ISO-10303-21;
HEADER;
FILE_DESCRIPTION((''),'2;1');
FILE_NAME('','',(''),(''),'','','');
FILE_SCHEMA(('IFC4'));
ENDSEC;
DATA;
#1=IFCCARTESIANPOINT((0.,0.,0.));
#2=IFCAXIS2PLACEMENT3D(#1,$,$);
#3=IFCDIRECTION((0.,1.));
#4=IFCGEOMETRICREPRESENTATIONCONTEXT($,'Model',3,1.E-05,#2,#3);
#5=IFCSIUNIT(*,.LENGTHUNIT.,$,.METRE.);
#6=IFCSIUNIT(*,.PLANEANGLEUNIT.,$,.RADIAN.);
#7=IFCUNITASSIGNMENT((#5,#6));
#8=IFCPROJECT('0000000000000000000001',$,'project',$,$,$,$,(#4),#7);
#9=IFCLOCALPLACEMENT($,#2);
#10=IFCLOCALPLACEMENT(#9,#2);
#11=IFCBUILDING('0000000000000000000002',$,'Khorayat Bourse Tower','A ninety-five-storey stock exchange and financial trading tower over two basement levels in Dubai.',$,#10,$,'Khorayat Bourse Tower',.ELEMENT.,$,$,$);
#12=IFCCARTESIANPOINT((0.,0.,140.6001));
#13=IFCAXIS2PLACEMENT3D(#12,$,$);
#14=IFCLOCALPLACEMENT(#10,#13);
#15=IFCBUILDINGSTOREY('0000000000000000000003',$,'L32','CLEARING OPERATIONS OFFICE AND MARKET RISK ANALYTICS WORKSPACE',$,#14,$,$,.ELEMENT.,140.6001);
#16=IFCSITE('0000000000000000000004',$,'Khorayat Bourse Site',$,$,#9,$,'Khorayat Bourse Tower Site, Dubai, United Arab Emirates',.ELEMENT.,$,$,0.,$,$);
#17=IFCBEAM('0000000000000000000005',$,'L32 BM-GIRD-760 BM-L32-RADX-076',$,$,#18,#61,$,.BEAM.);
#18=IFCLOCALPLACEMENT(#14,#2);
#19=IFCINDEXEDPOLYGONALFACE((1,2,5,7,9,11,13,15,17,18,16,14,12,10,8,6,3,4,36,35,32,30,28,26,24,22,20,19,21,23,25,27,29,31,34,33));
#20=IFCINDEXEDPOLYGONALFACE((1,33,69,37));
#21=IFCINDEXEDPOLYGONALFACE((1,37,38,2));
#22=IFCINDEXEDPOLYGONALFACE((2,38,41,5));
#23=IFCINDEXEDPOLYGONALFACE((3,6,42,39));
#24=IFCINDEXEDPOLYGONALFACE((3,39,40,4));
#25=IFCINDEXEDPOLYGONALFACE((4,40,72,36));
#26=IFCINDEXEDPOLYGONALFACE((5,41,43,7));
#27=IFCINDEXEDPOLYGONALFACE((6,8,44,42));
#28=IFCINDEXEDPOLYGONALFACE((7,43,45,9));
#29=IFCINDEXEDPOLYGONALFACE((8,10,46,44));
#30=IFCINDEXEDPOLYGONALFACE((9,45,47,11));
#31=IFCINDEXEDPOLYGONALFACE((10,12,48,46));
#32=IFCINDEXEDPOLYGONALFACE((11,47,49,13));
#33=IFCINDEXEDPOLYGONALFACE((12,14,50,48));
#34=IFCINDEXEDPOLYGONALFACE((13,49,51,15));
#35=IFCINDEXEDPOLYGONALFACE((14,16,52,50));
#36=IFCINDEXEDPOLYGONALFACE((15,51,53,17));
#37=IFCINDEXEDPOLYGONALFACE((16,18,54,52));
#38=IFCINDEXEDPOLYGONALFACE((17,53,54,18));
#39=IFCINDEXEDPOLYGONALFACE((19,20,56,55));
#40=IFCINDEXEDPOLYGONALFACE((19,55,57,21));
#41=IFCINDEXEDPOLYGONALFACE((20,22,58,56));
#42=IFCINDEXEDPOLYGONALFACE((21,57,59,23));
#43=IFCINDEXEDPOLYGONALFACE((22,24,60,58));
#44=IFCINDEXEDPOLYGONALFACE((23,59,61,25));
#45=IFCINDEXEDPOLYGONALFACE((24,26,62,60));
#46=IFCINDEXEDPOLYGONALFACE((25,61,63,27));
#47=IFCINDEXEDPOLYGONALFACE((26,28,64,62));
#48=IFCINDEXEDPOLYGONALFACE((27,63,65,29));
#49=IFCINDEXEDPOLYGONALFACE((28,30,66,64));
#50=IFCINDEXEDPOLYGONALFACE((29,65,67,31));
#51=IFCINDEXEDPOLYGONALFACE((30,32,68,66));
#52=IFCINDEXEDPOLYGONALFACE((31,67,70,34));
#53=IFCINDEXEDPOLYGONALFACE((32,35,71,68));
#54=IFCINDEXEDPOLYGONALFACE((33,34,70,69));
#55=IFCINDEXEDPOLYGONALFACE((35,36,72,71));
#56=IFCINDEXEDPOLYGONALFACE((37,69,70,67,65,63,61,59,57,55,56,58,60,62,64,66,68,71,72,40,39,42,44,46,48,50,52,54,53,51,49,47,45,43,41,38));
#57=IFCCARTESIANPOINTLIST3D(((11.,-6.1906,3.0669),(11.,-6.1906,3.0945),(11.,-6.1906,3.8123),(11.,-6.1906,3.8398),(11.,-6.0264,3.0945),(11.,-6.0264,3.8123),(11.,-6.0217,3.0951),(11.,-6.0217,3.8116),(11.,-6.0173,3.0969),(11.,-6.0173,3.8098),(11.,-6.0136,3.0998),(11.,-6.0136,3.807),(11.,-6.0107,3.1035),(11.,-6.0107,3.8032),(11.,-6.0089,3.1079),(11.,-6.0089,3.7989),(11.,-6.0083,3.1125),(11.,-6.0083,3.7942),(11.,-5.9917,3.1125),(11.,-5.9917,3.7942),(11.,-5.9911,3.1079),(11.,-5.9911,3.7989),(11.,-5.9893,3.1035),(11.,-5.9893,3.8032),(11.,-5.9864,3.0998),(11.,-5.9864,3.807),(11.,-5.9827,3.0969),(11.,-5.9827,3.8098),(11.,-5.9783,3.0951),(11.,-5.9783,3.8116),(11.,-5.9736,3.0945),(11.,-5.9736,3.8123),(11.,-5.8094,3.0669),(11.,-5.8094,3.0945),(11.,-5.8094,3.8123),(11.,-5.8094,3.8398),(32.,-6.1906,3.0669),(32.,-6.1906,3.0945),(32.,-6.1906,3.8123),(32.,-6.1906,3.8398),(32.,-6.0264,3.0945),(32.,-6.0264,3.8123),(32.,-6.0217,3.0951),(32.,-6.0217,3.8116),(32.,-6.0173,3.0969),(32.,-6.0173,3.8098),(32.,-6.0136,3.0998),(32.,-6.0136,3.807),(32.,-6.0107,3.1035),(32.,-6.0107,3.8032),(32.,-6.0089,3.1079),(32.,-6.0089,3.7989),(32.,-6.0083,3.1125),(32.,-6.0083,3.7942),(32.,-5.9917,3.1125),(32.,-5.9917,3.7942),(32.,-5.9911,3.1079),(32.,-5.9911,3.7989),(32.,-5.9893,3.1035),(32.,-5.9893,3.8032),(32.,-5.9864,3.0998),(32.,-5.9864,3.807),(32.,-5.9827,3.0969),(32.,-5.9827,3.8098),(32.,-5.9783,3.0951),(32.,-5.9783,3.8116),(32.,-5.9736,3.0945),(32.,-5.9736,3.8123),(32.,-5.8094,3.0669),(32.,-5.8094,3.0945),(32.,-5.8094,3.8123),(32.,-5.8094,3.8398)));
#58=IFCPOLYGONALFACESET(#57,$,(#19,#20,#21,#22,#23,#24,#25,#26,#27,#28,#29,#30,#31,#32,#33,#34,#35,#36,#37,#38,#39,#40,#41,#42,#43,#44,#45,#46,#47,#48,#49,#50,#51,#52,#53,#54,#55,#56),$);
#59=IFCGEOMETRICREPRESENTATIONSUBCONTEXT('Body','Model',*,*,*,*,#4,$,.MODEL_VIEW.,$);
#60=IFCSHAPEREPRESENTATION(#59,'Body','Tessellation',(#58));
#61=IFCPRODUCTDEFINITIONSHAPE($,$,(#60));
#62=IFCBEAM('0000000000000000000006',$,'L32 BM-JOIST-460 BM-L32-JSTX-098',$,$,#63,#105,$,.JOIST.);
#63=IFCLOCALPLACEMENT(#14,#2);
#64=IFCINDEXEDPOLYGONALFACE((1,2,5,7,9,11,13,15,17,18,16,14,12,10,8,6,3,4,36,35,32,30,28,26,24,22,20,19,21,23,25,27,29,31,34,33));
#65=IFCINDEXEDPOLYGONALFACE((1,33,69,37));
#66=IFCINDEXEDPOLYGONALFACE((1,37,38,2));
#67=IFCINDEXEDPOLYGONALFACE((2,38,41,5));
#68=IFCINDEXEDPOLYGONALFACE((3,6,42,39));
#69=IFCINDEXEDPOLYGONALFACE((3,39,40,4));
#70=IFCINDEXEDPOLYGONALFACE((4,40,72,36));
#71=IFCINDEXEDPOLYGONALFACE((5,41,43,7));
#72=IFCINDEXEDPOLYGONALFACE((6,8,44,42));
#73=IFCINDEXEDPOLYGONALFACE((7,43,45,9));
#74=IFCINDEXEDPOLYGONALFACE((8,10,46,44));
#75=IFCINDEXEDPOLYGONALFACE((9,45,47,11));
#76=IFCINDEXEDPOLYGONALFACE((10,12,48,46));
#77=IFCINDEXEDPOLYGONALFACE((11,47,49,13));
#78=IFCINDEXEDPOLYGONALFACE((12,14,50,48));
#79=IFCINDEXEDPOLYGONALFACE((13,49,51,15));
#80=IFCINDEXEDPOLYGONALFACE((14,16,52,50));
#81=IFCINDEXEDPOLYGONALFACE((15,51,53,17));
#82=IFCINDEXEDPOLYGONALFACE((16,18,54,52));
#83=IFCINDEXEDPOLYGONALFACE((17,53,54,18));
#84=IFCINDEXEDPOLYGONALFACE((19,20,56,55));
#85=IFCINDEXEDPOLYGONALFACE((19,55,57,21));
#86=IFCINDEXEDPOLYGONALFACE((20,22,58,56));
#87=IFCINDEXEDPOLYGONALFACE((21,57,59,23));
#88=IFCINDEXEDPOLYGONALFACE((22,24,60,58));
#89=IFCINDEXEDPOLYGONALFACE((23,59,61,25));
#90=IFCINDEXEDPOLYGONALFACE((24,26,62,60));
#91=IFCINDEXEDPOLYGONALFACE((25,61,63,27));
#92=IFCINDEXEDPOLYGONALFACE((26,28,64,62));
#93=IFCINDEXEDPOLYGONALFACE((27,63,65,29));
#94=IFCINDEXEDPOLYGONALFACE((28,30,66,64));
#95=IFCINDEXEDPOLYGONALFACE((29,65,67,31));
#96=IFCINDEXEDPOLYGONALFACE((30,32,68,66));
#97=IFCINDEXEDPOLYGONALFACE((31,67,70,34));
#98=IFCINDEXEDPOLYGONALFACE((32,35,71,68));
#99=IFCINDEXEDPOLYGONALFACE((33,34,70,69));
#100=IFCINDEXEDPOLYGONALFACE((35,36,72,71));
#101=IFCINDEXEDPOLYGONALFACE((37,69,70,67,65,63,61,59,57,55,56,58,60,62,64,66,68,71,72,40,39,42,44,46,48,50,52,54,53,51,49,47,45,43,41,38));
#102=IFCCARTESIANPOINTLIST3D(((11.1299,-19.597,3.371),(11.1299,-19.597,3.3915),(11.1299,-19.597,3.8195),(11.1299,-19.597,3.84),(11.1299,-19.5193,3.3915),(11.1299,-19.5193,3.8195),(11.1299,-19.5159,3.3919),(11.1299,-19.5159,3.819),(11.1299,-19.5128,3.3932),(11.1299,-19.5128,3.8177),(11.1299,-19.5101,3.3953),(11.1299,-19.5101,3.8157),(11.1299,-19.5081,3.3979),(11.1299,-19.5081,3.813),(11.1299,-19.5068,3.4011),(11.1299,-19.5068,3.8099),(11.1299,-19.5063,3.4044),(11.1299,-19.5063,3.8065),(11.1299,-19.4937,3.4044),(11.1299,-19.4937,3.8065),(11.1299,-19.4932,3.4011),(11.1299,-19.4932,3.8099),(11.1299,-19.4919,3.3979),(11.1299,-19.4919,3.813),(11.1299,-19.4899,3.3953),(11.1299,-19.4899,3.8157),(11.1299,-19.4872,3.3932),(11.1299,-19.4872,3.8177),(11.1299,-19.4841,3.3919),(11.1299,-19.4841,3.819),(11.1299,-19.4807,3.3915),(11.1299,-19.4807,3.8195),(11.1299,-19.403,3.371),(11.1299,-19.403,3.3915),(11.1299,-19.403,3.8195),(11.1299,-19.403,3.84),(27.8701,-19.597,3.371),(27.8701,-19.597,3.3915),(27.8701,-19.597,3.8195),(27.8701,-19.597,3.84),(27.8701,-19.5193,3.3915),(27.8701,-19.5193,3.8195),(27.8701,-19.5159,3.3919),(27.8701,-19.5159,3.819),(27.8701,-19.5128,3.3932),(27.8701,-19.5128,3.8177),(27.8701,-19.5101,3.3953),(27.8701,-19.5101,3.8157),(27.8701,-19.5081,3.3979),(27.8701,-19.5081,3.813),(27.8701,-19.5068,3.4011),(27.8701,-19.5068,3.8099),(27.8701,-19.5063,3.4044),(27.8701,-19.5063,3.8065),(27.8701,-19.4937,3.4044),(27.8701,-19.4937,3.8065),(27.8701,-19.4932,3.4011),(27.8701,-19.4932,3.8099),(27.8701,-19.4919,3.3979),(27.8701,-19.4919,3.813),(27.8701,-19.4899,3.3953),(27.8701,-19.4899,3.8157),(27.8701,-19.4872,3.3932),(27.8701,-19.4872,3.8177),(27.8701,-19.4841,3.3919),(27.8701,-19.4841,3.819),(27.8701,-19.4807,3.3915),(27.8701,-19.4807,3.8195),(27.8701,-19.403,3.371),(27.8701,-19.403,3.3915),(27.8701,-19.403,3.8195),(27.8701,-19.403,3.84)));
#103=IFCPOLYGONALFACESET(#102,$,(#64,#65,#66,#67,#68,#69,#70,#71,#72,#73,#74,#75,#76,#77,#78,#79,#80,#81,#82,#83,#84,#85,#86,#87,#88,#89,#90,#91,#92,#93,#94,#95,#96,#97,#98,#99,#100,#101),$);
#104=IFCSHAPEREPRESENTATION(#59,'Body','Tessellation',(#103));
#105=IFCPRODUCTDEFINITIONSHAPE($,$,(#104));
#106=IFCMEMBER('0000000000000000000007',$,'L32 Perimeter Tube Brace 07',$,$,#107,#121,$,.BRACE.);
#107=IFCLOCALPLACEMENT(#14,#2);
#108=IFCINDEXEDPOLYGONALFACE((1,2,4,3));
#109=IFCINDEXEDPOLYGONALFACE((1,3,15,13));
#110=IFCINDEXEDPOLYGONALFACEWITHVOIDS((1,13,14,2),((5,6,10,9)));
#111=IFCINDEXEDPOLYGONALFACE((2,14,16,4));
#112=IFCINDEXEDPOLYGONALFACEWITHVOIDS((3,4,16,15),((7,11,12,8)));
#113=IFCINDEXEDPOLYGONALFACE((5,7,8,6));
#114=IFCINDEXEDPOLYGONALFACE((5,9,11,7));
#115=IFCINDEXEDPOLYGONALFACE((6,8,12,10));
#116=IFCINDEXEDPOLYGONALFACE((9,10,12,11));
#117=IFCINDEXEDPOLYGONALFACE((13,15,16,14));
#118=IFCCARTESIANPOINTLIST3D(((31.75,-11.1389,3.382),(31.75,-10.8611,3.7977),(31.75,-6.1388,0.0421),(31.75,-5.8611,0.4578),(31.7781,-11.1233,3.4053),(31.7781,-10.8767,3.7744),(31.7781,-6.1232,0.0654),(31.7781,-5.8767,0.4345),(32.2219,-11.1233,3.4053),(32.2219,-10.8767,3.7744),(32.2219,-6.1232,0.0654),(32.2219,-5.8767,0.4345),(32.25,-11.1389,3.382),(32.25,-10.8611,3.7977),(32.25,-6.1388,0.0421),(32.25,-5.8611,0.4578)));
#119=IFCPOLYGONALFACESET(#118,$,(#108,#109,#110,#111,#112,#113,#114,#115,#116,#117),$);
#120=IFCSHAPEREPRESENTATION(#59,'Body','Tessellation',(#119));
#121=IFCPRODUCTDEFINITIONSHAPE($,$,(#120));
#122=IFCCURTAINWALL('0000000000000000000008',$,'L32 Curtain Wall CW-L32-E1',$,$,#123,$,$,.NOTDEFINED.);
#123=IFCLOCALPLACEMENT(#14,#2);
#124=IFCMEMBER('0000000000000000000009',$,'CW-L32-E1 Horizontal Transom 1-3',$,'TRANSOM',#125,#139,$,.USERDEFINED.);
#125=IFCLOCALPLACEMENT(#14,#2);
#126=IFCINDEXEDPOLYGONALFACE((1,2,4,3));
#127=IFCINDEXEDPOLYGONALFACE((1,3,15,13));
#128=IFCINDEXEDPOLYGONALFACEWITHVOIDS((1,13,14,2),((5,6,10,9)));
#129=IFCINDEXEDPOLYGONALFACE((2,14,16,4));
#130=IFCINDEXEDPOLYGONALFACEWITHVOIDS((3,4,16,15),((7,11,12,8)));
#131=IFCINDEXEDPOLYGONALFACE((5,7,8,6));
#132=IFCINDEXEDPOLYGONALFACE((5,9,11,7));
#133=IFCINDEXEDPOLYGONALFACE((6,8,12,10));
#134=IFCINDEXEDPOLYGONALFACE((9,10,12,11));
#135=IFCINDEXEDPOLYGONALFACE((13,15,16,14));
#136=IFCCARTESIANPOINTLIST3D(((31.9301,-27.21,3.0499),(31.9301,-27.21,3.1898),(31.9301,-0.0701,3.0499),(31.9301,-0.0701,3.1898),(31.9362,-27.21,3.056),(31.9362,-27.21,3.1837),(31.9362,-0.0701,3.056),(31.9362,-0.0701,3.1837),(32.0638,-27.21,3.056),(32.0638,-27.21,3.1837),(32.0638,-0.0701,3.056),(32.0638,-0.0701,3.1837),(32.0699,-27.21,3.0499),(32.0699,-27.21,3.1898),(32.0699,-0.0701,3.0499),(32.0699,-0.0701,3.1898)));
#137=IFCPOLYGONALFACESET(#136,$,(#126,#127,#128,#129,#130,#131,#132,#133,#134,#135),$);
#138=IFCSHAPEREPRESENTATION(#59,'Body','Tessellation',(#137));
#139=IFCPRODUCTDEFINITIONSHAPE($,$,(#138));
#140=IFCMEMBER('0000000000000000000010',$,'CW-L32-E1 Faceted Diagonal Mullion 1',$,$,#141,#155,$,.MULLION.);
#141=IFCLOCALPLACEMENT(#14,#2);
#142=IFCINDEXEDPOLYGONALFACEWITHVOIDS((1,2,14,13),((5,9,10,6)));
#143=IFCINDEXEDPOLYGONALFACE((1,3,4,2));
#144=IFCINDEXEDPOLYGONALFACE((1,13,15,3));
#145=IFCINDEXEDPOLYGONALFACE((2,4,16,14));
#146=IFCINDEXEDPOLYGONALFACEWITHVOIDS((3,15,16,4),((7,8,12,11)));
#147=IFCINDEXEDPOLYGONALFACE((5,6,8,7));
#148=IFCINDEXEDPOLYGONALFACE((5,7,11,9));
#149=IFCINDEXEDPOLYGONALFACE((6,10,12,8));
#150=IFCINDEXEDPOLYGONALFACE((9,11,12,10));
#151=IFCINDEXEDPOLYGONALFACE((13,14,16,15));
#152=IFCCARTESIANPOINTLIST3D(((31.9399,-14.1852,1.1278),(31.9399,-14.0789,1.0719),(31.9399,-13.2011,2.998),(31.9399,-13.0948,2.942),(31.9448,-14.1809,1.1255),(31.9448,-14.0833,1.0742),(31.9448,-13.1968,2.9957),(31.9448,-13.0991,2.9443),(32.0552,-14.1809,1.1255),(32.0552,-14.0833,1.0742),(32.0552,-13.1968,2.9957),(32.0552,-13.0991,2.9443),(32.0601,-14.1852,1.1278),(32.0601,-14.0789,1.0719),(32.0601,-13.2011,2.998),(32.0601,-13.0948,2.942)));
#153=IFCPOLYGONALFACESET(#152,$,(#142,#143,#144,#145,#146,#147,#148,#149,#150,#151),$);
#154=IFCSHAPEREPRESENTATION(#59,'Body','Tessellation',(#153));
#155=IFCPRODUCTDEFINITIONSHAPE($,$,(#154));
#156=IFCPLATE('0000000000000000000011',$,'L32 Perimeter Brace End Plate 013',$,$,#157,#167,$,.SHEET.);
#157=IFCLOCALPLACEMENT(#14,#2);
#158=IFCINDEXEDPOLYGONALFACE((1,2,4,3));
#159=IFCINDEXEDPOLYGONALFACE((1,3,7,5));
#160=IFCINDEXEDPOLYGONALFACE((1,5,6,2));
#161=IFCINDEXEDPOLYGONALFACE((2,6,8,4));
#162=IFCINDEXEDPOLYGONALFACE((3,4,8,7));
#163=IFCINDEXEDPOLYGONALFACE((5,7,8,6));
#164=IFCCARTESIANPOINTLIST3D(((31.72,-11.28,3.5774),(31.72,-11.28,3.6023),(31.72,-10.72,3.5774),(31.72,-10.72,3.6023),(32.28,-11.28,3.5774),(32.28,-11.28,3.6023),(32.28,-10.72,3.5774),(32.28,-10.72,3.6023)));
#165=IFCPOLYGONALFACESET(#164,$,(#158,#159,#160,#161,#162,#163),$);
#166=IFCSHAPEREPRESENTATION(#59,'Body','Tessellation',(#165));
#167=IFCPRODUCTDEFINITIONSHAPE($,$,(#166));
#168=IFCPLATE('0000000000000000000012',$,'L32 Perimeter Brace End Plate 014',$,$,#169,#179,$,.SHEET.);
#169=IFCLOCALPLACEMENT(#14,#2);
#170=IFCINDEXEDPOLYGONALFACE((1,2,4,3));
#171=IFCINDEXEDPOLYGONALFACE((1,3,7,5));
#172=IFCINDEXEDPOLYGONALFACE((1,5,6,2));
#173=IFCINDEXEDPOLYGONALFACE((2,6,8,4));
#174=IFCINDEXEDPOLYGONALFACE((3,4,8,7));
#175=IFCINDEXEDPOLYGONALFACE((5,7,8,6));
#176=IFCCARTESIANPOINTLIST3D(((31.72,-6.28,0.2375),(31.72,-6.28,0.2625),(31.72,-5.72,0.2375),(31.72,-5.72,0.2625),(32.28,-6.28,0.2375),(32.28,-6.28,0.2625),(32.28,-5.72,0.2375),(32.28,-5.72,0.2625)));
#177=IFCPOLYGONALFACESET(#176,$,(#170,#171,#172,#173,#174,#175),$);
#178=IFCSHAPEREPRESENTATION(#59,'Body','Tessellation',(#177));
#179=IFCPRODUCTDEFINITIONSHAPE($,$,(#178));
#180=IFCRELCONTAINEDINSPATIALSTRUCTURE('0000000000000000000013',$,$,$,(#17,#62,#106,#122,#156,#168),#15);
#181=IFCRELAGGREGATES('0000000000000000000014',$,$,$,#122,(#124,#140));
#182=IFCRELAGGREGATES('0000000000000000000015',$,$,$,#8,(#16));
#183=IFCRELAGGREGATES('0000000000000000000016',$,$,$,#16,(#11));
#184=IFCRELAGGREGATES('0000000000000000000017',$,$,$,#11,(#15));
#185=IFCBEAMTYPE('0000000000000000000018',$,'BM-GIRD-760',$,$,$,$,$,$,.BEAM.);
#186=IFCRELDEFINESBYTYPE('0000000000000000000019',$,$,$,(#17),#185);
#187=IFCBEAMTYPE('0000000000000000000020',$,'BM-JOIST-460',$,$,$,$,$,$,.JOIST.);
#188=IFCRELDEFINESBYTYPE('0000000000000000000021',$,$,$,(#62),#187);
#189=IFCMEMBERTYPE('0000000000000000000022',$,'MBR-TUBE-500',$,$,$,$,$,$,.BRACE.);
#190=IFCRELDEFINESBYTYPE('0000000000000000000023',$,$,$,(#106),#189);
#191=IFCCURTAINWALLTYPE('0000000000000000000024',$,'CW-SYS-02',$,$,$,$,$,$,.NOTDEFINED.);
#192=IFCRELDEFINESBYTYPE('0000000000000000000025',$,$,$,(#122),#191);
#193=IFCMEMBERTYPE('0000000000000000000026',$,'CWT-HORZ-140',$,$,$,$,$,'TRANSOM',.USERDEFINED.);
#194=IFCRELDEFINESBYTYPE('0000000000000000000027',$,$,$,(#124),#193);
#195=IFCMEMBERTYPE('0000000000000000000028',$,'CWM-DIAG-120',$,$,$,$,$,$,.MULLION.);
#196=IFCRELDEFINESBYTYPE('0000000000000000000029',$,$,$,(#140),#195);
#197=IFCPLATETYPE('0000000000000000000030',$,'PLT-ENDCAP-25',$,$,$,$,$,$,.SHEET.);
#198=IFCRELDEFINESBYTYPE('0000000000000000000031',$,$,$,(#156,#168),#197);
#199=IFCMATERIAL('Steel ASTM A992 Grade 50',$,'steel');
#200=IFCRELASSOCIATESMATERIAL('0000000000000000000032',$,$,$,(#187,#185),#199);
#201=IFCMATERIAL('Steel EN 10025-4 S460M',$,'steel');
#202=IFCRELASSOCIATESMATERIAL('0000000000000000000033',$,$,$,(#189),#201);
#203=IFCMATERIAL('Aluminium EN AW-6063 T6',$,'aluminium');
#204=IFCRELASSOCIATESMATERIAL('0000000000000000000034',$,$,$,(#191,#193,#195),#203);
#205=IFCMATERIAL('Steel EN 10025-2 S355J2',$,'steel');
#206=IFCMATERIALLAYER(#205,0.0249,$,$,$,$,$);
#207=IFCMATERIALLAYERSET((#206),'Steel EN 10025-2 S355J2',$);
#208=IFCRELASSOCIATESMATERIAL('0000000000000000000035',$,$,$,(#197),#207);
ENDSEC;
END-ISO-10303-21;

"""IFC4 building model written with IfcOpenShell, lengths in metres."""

from ifc_helpers import new_model, si_unit, direction, frame, origin, origin_2d, place, context, subcontext, project, spatial, rectangle, hollow_rectangle, i_section, extrude, source, transform, mapped, material, layer, layer_set, material_profile, profile_set, type_object, element, aggregate, save


model = new_model("IFC4")

# Units and contexts
model_context = context("Model", 3, precision=1e-05, world=origin(), true_north=direction((0.0, 1.0)))
body_context = subcontext(model_context, "Body", "Model", "MODEL_VIEW")
ifc_project = project(units=[si_unit("LENGTHUNIT", "METRE"), si_unit("PLANEANGLEUNIT", "RADIAN")], contexts=[model_context])

# Site, building, storey
site_placement = place(None, origin())
site = spatial("IfcSite", under=ifc_project, at=site_placement, Name="Khorayat Bourse Site", LongName="Khorayat Bourse Tower Site, Dubai, United Arab Emirates", CompositionType="ELEMENT", RefElevation=0.0)
building_placement = place(site_placement, origin())
building = spatial("IfcBuilding", under=site, at=building_placement, Name="Khorayat Bourse Tower", Description="A ninety-five-storey stock exchange and financial trading tower over two basement levels in Dubai.", LongName="Khorayat Bourse Tower", CompositionType="ELEMENT")
storey_placement = place(building_placement, frame((0.0, 0.0, 140.6001)))
storey = spatial("IfcBuildingStorey", under=building, at=storey_placement, Name="L32", Description="CLEARING OPERATIONS OFFICE AND MARKET RISK ANALYTICS WORKSPACE", CompositionType="ELEMENT", Elevation=140.6001)

# Shared definitions
ifc_material_1 = material(Name="Steel EN 10025-4 S460M", Category="steel")

# Beams
ifc_material_2 = material(Name="Steel ASTM A992 Grade 50", Category="steel")
ifc_material_profile_1 = material_profile(ifc_material_2, i_section(OverallWidth=0.1941, OverallDepth=0.469, WebThickness=0.0127, FlangeThickness=0.0205, FilletRadius=0.0129, at=origin_2d()), Name="W460X106")
ifc_profile_set_1 = profile_set([ifc_material_profile_1], Name="Steel ASTM A992 Grade 50")
beam_type_1 = type_object("IfcBeamType", Name="BM-JOIST-460", PredefinedType="JOIST", material=ifc_profile_set_1)
ifc_material_profile_2 = material_profile(ifc_material_2, i_section(OverallWidth=0.3811, OverallDepth=0.7729, WebThickness=0.0166, FlangeThickness=0.0276, FilletRadius=0.0181, at=origin_2d()), Name="W760X257")
ifc_profile_set_2 = profile_set([ifc_material_profile_2], Name="Steel ASTM A992 Grade 50")
beam_type_2 = type_object("IfcBeamType", Name="BM-GIRD-760", PredefinedType="BEAM", material=ifc_profile_set_2)
shared_shape_1 = source(origin(), body_context, "Body", "SweptSolid", [
    extrude(i_section(OverallWidth=0.3811, OverallDepth=0.7729, WebThickness=0.0166, FlangeThickness=0.0276, FilletRadius=0.0181, at=origin_2d()), origin(), (0.0, 0.0, 1.0), 21.0),
])
beam_1_placement = place(storey_placement, frame((11.0, -6.0, 3.4534), z_axis=(1.0, 0.0, 0.0), x_axis=(0.0, 1.0, 0.0)))
element("IfcBeam", 1, at=beam_1_placement, inside=storey, type_object=beam_type_2, Name="L32 BM-GIRD-760 BM-L32-RADX-076", PredefinedType="BEAM", context=body_context, shape_type="MappedRepresentation", body=[
    mapped(shared_shape_1, transform((0.0, 0.0, 0.0), scale=1.0)),
])
shared_shape_2 = source(origin(), body_context, "Body", "SweptSolid", [
    extrude(i_section(OverallWidth=0.1941, OverallDepth=0.469, WebThickness=0.0127, FlangeThickness=0.0205, FilletRadius=0.0129, at=origin_2d()), origin(), (0.0, 0.0, 1.0), 16.7402),
])
beam_2_placement = place(storey_placement, frame((11.1299, -19.5, 3.6055), z_axis=(1.0, 0.0, 0.0), x_axis=(0.0, 1.0, 0.0)))
element("IfcBeam", 2, at=beam_2_placement, inside=storey, type_object=beam_type_1, Name="L32 BM-JOIST-460 BM-L32-JSTX-098", PredefinedType="JOIST", context=body_context, shape_type="MappedRepresentation", body=[
    mapped(shared_shape_2, transform((0.0, 0.0, 0.0), scale=1.0)),
])

# Member
ifc_material_profile_3 = material_profile(ifc_material_1, hollow_rectangle(XDim=0.5, YDim=0.5, WallThickness=0.0281, at=origin_2d()), Name="HSS 500x500x28")
ifc_profile_set_3 = profile_set([ifc_material_profile_3], Name="Steel EN 10025-4 S460M")
member_type_1 = type_object("IfcMemberType", Name="MBR-TUBE-500", PredefinedType="BRACE", material=ifc_profile_set_3)
shared_shape_3 = source(origin(), body_context, "Body", "SweptSolid", [
    extrude(hollow_rectangle(XDim=0.5, YDim=0.5, WallThickness=0.0281, at=origin_2d()), origin(), (0.0, 0.0, 1.0), 6.0129),
])
member_1_placement = place(storey_placement, frame((32.0, -11.0, 3.5898), z_axis=(0.0, 0.83155, -0.55545), x_axis=(-1.0, 0.0, 0.0)))
element("IfcMember", 3, at=member_1_placement, inside=storey, type_object=member_type_1, Name="L32 Perimeter Tube Brace 07", PredefinedType="BRACE", context=body_context, shape_type="MappedRepresentation", body=[
    mapped(shared_shape_3, transform((0.0, 0.0, 0.0), scale=1.0)),
])

# Curtain wall, members
ifc_material_3 = material(Name="Aluminium EN AW-6063 T6", Category="aluminium")
curtain_wall_type = type_object("IfcCurtainWallType", Name="CW-SYS-02", PredefinedType="NOTDEFINED", material=ifc_material_3)
curtain_wall_placement = place(storey_placement, origin())
curtain_wall = element("IfcCurtainWall", 4, at=curtain_wall_placement, inside=storey, type_object=curtain_wall_type, Name="L32 Curtain Wall CW-L32-E1", PredefinedType="NOTDEFINED")
ifc_material_profile_4 = material_profile(ifc_material_3, hollow_rectangle(XDim=0.1399, YDim=0.1399, WallThickness=0.0061, at=origin_2d()), Name="ALU 140x140x6")
ifc_profile_set_4 = profile_set([ifc_material_profile_4], Name="Aluminium EN AW-6063 T6")
member_type_2 = type_object("IfcMemberType", Name="CWT-HORZ-140", ElementType="TRANSOM", PredefinedType="USERDEFINED", material=ifc_profile_set_4)
shared_shape_4 = source(origin(), body_context, "Body", "SweptSolid", [
    extrude(hollow_rectangle(XDim=0.1399, YDim=0.1399, WallThickness=0.0061, at=origin_2d()), origin(), (0.0, 0.0, 1.0), 27.1399),
])
member_2_placement = place(storey_placement, frame((32.0, -27.21, 3.1199), z_axis=(0.0, 1.0, 0.0), x_axis=(-1.0, 0.0, 0.0)))
member_2 = element("IfcMember", 5, at=member_2_placement, type_object=member_type_2, Name="CW-L32-E1 Horizontal Transom 1-3", ObjectType="TRANSOM", PredefinedType="USERDEFINED", context=body_context, shape_type="MappedRepresentation", body=[
    mapped(shared_shape_4, transform((0.0, 0.0, 0.0), scale=1.0)),
])
ifc_material_profile_5 = material_profile(ifc_material_3, hollow_rectangle(XDim=0.1201, YDim=0.1201, WallThickness=0.0049, at=origin_2d()), Name="ALU 120x120x5")
ifc_profile_set_5 = profile_set([ifc_material_profile_5], Name="Aluminium EN AW-6063 T6")
member_type_3 = type_object("IfcMemberType", Name="CWM-DIAG-120", PredefinedType="MULLION", material=ifc_profile_set_5)
shared_shape_5 = source(origin(), body_context, "Body", "SweptSolid", [
    extrude(hollow_rectangle(XDim=0.1201, YDim=0.1201, WallThickness=0.0049, at=origin_2d()), origin(), (0.0, 0.0, 1.0), 2.1133),
])
member_3_placement = place(storey_placement, frame((32.0, -14.1321, 1.0999), z_axis=(0.0, 0.465694, 0.884946), x_axis=(-1.0, 0.0, 0.0)))
member_3 = element("IfcMember", 6, at=member_3_placement, type_object=member_type_3, Name="CW-L32-E1 Faceted Diagonal Mullion 1", PredefinedType="MULLION", context=body_context, shape_type="MappedRepresentation", body=[
    mapped(shared_shape_5, transform((0.0, 0.0, 0.0), scale=1.0)),
])

# Plates
ifc_material_4 = material(Name="Steel EN 10025-2 S355J2", Category="steel")
ifc_layer_1 = layer(ifc_material_4, 0.0249)
ifc_layer_set_1 = layer_set([ifc_layer_1], Name="Steel EN 10025-2 S355J2")
plate_type_1 = type_object("IfcPlateType", Name="PLT-ENDCAP-25", PredefinedType="SHEET", material=ifc_layer_set_1)
shared_shape_6 = source(origin(), body_context, "Body", "SweptSolid", [
    extrude(rectangle(XDim=0.5601, YDim=0.5601, at=origin_2d()), origin(), (0.0, 0.0, 1.0), 0.0249),
])
for number, where, z_axis, x_axis, name in (
    (7, (32.0, -11.0, 3.5774), (0.0, 0.0, 1.0), (1.0, 0.0, 0.0), "L32 Perimeter Brace End Plate 013"),
    (8, (32.0, -6.0, 0.2375), (0.0, 0.0, 1.0), (1.0, 0.0, 0.0), "L32 Perimeter Brace End Plate 014"),
):
    element("IfcPlate", number, at=place(storey_placement, frame(where, z_axis=z_axis, x_axis=x_axis)), inside=storey, type_object=plate_type_1, Name=name, PredefinedType="SHEET", context=body_context, shape_type="MappedRepresentation", body=[
        mapped(shared_shape_6, transform((0.0, 0.0, 0.0), scale=1.0)),
    ])

aggregate(curtain_wall, [member_2, member_3])

save(model, "model.ifc")
